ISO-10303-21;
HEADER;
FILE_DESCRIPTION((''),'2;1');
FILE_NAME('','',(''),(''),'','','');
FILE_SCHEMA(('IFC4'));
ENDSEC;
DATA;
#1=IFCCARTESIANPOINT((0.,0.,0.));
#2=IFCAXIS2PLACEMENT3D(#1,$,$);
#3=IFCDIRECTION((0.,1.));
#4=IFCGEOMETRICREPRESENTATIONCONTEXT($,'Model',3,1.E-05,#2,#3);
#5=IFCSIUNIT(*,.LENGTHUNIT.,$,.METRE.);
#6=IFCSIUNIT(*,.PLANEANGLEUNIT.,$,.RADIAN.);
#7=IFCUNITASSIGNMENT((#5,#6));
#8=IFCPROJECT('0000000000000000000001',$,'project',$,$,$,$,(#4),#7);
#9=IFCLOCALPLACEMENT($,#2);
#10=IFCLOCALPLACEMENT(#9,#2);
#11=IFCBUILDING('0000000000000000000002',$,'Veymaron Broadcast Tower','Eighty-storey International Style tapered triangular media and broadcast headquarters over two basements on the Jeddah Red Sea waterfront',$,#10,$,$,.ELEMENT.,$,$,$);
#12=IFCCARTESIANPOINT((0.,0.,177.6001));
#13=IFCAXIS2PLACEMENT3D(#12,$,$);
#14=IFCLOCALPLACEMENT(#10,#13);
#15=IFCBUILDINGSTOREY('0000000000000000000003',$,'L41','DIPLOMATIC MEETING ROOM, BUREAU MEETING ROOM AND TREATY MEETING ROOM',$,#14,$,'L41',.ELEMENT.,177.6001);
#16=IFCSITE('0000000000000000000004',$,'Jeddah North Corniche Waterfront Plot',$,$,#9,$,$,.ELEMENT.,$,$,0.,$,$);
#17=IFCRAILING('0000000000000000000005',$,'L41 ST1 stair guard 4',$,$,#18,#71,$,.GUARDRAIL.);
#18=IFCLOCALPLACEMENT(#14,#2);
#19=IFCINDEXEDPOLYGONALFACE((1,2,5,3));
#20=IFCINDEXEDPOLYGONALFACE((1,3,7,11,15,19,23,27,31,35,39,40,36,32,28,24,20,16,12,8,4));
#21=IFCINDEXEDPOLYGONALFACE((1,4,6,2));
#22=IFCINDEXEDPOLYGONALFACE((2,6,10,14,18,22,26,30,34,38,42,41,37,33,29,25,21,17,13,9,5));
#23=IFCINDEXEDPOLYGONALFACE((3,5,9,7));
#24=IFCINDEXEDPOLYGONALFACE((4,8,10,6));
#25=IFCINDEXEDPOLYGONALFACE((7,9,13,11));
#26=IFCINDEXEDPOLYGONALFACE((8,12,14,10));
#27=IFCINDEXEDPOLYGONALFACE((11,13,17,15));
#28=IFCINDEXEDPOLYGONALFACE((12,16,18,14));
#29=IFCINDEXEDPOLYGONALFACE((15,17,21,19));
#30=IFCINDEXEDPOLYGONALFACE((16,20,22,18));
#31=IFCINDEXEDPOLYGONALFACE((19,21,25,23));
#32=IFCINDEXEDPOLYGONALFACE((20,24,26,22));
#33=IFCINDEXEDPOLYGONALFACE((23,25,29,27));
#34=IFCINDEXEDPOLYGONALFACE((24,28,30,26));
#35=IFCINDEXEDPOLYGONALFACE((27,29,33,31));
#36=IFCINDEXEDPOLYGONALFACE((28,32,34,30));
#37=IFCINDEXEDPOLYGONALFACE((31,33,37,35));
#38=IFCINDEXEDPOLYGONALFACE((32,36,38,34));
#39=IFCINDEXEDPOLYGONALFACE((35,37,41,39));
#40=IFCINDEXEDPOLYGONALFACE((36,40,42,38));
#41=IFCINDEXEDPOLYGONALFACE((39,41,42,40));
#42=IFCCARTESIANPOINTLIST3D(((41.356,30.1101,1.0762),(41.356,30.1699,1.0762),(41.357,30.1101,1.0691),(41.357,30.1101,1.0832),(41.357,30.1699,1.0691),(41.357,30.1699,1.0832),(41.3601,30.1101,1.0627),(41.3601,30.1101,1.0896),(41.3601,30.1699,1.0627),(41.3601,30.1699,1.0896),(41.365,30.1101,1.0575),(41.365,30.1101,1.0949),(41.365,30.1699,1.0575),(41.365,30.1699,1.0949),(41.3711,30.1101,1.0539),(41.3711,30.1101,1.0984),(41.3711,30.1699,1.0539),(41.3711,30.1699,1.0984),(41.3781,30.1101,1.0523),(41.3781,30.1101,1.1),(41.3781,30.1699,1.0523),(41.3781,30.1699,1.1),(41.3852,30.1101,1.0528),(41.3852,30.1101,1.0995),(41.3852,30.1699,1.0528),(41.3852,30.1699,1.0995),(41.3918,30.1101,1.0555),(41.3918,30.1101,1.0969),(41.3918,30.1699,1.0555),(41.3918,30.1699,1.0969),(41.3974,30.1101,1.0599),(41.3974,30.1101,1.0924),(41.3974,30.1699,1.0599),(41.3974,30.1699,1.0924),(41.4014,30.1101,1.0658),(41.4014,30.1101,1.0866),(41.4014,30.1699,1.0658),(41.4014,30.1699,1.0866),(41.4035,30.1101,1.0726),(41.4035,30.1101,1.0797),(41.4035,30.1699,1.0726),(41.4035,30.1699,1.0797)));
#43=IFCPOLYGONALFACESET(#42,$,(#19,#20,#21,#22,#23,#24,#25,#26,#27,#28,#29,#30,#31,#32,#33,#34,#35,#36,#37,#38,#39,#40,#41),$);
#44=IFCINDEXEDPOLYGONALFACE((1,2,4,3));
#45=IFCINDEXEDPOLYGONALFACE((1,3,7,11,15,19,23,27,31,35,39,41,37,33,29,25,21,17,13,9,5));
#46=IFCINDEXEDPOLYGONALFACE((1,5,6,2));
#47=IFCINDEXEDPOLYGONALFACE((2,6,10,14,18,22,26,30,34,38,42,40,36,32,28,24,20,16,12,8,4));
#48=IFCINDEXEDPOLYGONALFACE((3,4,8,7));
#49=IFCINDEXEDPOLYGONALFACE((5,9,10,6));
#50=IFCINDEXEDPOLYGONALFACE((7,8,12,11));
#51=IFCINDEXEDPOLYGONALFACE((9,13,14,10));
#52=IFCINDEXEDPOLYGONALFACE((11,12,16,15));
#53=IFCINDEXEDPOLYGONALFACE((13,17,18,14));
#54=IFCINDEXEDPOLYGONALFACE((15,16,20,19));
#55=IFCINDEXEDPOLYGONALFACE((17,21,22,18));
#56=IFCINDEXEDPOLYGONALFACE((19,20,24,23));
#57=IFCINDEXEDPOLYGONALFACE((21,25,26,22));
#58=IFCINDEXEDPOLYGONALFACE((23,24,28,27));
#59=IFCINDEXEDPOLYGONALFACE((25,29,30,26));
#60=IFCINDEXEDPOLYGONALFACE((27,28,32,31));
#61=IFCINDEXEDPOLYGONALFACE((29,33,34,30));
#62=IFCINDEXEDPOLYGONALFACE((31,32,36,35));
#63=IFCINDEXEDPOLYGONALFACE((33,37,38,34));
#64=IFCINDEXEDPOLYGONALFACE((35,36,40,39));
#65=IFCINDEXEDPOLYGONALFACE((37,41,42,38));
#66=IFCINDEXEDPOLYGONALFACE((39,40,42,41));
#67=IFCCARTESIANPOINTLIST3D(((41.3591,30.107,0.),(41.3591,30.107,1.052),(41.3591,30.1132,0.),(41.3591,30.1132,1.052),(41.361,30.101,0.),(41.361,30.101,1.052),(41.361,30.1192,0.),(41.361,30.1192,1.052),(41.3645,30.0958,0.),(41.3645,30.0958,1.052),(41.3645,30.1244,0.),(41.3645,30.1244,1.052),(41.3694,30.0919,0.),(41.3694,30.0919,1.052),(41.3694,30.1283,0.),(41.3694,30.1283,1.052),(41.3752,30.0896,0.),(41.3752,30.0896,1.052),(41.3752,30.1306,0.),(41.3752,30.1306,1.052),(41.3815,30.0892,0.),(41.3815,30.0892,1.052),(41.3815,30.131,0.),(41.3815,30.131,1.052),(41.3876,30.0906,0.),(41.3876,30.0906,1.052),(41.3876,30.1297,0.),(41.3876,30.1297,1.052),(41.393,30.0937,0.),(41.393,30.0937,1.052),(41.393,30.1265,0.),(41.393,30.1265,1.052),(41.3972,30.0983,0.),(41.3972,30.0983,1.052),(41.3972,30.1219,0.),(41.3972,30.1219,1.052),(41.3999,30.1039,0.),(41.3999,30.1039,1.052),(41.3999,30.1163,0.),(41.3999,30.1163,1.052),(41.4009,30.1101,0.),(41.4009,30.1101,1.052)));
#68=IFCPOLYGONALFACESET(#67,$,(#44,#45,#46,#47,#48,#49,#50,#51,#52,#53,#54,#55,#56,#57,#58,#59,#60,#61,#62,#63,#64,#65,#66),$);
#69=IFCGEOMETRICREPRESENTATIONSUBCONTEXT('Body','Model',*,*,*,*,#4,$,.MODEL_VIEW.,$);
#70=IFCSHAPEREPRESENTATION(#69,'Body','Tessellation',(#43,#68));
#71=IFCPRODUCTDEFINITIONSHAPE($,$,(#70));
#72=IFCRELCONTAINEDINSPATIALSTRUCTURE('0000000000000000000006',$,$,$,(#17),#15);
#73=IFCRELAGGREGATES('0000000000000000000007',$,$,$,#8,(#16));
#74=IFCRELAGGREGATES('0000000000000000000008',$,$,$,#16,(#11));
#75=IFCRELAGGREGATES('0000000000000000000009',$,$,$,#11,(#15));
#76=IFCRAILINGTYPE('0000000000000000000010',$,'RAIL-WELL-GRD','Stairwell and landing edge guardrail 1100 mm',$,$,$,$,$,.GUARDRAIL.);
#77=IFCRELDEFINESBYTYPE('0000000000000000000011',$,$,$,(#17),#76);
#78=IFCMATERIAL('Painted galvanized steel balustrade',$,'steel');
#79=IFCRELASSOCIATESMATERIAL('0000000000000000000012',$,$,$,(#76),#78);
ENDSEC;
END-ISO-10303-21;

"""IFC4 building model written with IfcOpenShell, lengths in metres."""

from ifc_helpers import new_model, si_unit, direction, frame, origin, origin_2d, place, context, subcontext, project, spatial, circle, extrude, material, type_object, element, save


model = new_model("IFC4")

# Units and contexts
model_context = context("Model", 3, precision=1e-05, world=origin(), true_north=direction((0.0, 1.0)))
body_context = subcontext(model_context, "Body", "Model", "MODEL_VIEW")
ifc_project = project(units=[si_unit("LENGTHUNIT", "METRE"), si_unit("PLANEANGLEUNIT", "RADIAN")], contexts=[model_context])

# Site, building, storey
site_placement = place(None, origin())
site = spatial("IfcSite", under=ifc_project, at=site_placement, Name="Jeddah North Corniche Waterfront Plot", CompositionType="ELEMENT", RefElevation=0.0)
building_placement = place(site_placement, origin())
building = spatial("IfcBuilding", under=site, at=building_placement, Name="Veymaron Broadcast Tower", Description="Eighty-storey International Style tapered triangular media and broadcast headquarters over two basements on the Jeddah Red Sea waterfront", CompositionType="ELEMENT")
storey_placement = place(building_placement, frame((0.0, 0.0, 177.6001)))
storey = spatial("IfcBuildingStorey", under=building, at=storey_placement, Name="L41", Description="DIPLOMATIC MEETING ROOM, BUREAU MEETING ROOM AND TREATY MEETING ROOM", LongName="L41", CompositionType="ELEMENT", Elevation=177.6001)

# Railing
ifc_material_1 = material(Name="Painted galvanized steel balustrade", Category="steel")
railing_type_1 = type_object("IfcRailingType", Name="RAIL-WELL-GRD", Description="Stairwell and landing edge guardrail 1100 mm", PredefinedType="GUARDRAIL", material=ifc_material_1)
railing_1_placement = place(storey_placement, frame((41.3799, 30.1101, 0.0)))
element("IfcRailing", 1, at=railing_1_placement, inside=storey, type_object=railing_type_1, Name="L41 ST1 stair guard 4", PredefinedType="GUARDRAIL", context=body_context, shape_type="SweptSolid", body=[
    extrude(circle(Radius=0.0239, at=origin_2d()), frame((0.0, 0.0, 1.0762), z_axis=(0.0, 1.0, 0.0), x_axis=(-1.0, 0.0, 0.0)), (0.0, 0.0, 1.0), 0.0598),
    extrude(circle(Radius=0.021, at=origin_2d()), origin(), (0.0, 0.0, 1.0), 1.052),
])

save(model, "model.ifc")
